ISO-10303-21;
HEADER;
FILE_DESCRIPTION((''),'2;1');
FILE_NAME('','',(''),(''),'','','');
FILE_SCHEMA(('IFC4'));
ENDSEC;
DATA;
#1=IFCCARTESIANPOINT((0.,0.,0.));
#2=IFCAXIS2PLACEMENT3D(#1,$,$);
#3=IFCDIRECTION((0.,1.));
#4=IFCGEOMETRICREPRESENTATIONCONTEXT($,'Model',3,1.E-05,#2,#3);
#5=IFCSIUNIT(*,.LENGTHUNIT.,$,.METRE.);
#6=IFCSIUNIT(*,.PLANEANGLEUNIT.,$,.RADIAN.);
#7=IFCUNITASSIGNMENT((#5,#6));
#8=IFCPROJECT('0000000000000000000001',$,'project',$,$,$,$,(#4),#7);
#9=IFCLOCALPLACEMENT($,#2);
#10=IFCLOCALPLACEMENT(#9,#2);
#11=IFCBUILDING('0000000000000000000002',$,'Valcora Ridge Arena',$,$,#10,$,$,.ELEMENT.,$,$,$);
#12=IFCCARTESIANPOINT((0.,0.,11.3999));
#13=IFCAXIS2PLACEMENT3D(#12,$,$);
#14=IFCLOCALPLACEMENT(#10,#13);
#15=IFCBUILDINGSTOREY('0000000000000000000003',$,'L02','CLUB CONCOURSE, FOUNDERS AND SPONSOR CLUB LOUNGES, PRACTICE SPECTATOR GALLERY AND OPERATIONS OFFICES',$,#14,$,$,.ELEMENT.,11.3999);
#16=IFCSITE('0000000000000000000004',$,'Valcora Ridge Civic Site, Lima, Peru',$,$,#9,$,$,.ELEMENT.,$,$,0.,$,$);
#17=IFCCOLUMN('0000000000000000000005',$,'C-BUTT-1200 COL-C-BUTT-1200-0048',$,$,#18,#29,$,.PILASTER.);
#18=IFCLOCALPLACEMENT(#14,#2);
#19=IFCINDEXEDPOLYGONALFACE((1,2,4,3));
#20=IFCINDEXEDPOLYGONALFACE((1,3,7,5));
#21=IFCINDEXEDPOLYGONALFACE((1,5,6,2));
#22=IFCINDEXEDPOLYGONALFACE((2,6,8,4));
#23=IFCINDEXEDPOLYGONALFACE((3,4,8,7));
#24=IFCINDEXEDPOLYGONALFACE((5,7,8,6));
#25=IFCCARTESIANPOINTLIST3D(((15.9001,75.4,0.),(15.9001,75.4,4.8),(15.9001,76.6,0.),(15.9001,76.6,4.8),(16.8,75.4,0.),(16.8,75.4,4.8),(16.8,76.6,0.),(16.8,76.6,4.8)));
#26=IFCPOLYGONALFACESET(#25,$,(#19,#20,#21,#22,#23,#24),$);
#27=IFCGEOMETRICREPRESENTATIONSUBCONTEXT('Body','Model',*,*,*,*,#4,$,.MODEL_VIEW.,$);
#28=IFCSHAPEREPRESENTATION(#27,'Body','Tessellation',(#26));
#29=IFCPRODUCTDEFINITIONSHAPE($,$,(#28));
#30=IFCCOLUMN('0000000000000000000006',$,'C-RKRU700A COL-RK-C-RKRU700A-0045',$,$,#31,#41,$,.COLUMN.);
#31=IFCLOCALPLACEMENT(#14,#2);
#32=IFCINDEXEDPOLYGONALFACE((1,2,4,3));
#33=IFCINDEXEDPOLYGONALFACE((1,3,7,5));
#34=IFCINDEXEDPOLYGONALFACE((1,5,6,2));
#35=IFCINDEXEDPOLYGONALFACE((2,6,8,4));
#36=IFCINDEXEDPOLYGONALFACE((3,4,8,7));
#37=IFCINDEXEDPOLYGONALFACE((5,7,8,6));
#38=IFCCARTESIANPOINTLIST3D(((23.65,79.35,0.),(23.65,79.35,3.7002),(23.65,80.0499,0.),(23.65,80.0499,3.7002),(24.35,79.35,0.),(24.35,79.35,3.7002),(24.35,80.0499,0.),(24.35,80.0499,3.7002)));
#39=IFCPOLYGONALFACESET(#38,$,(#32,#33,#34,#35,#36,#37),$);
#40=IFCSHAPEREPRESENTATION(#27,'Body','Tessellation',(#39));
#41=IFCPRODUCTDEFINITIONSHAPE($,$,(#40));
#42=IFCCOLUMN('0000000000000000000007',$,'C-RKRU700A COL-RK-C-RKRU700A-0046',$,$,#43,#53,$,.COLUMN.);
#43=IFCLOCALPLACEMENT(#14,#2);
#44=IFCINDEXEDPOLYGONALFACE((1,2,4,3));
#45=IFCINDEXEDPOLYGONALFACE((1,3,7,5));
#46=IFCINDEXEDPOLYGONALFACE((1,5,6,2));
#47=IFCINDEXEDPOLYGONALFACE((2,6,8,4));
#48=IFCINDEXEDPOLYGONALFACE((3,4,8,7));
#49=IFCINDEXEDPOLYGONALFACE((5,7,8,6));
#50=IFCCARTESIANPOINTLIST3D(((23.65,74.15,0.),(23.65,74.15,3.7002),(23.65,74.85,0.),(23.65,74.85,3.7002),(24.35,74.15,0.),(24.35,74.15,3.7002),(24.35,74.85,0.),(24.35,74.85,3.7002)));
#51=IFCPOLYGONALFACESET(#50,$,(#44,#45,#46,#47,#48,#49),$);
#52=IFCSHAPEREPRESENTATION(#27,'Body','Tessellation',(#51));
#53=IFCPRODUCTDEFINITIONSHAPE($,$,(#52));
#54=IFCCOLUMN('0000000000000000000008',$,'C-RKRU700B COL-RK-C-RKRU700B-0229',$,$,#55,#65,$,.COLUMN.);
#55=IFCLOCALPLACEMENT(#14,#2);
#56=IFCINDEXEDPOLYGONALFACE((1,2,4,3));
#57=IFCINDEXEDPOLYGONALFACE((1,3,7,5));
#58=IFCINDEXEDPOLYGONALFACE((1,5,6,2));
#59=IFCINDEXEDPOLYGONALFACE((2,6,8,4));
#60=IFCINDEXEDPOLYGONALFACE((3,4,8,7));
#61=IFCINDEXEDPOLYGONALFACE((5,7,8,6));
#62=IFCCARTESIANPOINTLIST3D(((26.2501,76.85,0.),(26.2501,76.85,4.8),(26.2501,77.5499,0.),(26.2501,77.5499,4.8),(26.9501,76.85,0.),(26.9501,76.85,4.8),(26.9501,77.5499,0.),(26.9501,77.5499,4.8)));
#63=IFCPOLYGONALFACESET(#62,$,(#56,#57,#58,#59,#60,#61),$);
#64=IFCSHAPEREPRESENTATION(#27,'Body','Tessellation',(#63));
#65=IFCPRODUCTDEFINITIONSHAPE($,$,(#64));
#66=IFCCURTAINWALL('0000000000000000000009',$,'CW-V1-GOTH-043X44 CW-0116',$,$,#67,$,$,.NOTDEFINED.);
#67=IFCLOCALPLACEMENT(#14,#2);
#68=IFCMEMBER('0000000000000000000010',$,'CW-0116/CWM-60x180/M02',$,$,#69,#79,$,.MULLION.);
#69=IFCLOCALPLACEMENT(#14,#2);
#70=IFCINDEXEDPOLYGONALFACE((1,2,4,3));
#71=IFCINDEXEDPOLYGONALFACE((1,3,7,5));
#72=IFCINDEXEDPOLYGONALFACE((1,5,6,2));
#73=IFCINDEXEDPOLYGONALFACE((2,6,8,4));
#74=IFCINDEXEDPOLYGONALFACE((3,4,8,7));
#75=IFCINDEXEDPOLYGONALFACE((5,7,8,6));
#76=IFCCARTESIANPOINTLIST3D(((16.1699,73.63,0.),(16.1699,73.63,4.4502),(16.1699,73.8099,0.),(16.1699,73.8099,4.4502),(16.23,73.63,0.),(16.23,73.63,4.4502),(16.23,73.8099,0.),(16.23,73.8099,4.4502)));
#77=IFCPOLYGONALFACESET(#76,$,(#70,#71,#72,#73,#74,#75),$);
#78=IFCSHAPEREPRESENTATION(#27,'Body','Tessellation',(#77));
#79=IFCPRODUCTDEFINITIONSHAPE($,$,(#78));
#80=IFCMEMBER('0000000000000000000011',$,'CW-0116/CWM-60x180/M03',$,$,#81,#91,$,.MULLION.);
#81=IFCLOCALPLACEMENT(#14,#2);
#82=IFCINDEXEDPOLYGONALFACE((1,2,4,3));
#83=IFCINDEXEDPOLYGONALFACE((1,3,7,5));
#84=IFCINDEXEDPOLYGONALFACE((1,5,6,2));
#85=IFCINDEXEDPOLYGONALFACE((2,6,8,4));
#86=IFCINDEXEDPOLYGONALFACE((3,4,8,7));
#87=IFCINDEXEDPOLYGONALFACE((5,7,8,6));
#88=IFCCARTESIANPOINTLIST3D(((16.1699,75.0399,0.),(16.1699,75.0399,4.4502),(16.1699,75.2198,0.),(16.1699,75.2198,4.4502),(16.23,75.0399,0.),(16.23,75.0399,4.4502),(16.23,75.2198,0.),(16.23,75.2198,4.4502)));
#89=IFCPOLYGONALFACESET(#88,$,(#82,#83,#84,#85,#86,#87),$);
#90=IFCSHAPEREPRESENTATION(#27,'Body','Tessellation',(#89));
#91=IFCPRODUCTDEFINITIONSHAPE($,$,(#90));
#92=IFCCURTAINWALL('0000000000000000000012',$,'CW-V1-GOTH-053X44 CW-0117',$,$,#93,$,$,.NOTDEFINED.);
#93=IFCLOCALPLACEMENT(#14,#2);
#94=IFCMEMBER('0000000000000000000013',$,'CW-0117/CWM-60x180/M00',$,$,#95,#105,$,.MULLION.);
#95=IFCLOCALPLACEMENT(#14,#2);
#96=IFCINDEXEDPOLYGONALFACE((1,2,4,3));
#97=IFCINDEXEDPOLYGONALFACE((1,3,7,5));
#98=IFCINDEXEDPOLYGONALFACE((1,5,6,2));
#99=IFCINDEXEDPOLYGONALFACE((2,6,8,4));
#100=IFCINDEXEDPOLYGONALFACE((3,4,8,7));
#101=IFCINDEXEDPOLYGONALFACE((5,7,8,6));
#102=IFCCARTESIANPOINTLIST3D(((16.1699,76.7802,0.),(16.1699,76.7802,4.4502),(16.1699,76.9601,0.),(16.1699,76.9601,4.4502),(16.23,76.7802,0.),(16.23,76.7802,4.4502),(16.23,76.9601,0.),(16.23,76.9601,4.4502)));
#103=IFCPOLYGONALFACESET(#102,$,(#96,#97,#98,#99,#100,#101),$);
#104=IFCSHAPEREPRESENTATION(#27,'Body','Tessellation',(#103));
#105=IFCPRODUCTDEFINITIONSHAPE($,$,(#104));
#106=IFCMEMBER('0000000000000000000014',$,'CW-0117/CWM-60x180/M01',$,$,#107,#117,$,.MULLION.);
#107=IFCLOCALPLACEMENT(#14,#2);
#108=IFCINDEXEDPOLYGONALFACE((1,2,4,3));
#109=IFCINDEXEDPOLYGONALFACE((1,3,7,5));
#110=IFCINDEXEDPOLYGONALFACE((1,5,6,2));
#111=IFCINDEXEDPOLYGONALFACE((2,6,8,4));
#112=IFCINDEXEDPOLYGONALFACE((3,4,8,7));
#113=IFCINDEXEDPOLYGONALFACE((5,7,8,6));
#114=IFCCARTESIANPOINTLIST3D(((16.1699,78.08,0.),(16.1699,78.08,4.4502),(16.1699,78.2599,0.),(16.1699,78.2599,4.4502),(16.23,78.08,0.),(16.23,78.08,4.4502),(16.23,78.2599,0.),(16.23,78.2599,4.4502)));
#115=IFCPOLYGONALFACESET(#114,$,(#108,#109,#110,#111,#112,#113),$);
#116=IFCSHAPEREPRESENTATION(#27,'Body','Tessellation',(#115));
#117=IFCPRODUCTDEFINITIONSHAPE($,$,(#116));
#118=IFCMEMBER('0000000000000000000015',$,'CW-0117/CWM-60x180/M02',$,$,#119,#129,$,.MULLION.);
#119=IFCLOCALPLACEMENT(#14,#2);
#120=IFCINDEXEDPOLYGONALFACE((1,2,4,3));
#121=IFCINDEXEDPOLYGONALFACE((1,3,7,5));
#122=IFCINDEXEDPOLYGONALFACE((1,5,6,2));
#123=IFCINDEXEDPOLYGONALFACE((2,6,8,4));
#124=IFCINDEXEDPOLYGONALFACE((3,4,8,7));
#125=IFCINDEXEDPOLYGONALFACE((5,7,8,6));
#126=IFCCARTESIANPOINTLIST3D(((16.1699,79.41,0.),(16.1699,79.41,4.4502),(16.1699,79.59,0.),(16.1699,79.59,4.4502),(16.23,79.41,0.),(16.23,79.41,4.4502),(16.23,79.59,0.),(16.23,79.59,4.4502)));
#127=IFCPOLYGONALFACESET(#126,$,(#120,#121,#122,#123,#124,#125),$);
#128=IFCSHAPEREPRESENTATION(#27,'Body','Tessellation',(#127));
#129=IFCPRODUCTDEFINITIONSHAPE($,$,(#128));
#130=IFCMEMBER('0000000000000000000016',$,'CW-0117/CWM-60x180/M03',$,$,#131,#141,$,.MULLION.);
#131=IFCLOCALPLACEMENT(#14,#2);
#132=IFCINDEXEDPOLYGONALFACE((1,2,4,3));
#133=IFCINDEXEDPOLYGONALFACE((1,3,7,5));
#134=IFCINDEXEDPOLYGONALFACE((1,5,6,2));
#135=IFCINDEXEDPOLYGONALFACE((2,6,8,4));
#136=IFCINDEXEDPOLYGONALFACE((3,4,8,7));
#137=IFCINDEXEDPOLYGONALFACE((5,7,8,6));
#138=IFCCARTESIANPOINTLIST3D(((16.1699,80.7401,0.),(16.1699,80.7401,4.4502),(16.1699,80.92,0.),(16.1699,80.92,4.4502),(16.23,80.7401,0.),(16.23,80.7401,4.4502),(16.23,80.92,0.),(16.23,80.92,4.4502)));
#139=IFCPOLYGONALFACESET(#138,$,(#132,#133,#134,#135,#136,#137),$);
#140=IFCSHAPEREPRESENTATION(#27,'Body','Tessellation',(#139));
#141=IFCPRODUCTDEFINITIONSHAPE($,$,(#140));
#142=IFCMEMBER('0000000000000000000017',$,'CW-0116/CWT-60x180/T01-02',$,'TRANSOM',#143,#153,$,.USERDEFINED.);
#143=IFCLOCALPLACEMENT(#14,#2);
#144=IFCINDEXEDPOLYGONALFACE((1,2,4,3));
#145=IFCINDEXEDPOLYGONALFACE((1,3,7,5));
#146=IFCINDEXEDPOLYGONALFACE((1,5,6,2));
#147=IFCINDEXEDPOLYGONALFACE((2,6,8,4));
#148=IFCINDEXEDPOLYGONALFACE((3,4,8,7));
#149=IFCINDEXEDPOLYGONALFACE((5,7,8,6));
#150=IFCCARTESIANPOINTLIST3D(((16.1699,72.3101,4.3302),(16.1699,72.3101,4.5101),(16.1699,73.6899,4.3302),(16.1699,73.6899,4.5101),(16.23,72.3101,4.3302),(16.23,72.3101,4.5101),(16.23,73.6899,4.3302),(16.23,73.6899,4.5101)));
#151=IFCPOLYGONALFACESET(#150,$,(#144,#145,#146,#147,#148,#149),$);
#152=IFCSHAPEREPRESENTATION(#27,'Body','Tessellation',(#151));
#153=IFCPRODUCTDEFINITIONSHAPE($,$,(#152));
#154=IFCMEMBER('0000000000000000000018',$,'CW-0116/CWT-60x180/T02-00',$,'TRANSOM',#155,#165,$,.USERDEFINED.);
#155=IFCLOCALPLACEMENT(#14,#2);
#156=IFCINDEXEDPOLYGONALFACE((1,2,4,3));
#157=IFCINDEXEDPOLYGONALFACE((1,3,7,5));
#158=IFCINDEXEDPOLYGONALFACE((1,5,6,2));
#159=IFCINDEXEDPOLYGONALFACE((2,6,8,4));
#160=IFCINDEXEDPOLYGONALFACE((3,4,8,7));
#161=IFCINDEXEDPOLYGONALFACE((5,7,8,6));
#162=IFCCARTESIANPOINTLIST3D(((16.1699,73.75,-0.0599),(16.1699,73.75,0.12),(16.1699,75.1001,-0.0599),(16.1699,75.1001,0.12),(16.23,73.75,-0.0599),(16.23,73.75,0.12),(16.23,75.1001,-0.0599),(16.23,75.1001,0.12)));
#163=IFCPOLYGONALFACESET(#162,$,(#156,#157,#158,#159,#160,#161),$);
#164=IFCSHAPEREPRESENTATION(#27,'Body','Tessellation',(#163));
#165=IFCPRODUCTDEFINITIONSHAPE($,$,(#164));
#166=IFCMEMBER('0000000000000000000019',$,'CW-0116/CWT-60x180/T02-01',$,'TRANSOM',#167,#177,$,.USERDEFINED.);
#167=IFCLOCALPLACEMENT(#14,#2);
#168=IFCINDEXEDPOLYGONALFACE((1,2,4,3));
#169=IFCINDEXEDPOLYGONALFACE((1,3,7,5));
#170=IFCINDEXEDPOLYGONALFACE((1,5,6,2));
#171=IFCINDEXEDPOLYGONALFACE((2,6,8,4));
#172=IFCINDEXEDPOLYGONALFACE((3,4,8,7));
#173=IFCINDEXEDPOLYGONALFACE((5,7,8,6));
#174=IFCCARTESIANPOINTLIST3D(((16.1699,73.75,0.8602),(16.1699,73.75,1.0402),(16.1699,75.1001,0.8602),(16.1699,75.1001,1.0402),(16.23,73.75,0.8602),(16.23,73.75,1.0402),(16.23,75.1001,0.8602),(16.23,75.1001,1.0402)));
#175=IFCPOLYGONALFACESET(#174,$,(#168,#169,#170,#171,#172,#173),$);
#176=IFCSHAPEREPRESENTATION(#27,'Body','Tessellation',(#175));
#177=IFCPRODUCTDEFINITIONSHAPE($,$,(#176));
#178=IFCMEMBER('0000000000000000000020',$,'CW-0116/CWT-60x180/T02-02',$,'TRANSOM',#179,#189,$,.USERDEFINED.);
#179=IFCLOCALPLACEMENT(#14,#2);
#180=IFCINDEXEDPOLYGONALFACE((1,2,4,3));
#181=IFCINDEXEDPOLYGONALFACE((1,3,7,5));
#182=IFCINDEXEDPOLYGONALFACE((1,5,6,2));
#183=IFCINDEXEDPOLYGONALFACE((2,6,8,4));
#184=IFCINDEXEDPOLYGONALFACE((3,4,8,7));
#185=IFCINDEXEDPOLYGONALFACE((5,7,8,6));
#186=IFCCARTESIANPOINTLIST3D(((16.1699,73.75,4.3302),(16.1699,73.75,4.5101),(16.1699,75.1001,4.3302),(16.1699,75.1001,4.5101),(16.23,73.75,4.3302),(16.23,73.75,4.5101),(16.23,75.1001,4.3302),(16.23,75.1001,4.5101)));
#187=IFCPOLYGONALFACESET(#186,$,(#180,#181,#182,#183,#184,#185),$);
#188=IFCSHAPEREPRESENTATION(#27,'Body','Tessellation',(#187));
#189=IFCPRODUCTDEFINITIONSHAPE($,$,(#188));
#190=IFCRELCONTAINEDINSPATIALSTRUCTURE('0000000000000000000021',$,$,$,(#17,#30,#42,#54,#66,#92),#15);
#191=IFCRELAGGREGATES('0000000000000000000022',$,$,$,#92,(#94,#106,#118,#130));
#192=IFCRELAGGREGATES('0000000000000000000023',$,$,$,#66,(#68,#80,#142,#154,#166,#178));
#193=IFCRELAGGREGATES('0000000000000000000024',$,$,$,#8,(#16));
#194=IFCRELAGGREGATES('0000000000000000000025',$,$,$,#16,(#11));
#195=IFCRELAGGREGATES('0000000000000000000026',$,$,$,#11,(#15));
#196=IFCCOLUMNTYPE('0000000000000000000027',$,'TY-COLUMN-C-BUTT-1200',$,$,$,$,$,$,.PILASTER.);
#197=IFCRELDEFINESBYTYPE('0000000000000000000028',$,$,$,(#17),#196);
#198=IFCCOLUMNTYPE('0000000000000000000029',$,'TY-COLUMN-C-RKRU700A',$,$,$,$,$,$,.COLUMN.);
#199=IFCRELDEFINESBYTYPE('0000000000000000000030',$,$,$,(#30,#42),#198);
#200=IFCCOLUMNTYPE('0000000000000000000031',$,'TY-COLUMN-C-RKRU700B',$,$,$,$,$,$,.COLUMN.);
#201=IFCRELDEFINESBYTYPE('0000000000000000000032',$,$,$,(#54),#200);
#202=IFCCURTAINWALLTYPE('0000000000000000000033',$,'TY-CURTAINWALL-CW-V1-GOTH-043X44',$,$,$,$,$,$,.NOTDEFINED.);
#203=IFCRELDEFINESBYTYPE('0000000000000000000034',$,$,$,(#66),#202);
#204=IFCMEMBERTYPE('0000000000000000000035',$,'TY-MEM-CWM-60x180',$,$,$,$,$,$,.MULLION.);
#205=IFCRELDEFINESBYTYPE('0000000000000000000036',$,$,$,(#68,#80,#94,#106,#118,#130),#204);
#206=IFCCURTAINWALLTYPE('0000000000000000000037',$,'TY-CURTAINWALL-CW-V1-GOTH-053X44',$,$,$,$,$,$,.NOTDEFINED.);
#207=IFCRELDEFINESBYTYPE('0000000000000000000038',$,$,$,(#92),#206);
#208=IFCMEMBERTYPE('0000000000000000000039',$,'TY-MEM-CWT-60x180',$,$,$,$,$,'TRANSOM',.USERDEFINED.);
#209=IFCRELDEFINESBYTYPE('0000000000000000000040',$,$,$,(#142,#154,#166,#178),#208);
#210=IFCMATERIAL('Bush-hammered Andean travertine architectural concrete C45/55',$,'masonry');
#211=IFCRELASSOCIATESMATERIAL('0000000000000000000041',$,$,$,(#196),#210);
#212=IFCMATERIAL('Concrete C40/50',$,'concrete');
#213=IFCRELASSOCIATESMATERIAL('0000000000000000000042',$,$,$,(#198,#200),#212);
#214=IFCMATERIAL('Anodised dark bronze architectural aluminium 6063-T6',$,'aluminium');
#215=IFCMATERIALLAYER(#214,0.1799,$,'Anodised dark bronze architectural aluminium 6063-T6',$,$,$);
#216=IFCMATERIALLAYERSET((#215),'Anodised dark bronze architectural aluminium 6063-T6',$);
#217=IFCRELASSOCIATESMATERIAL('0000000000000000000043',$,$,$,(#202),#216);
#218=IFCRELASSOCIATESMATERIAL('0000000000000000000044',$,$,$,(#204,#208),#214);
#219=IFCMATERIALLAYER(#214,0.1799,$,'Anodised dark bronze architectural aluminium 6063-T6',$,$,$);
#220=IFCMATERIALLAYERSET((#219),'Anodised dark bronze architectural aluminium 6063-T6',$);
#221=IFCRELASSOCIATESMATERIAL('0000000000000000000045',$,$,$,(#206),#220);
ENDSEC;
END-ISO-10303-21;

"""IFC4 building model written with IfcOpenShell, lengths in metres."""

from ifc_helpers import new_model, si_unit, direction, frame, origin, origin_2d, place, context, subcontext, project, spatial, rectangle, extrude, material, layer, layer_set, material_profile, profile_set, type_object, element, aggregate, save


model = new_model("IFC4")

# Units and contexts
model_context = context("Model", 3, precision=1e-05, world=origin(), true_north=direction((0.0, 1.0)))
body_context = subcontext(model_context, "Body", "Model", "MODEL_VIEW")
ifc_project = project(units=[si_unit("LENGTHUNIT", "METRE"), si_unit("PLANEANGLEUNIT", "RADIAN")], contexts=[model_context])

# Site, building, storey
site_placement = place(None, origin())
site = spatial("IfcSite", under=ifc_project, at=site_placement, Name="Valcora Ridge Civic Site, Lima, Peru", CompositionType="ELEMENT", RefElevation=0.0)
building_placement = place(site_placement, origin())
building = spatial("IfcBuilding", under=site, at=building_placement, Name="Valcora Ridge Arena", CompositionType="ELEMENT")
storey_placement = place(building_placement, frame((0.0, 0.0, 11.3999)))
storey = spatial("IfcBuildingStorey", under=building, at=storey_placement, Name="L02", Description="CLUB CONCOURSE, FOUNDERS AND SPONSOR CLUB LOUNGES, PRACTICE SPECTATOR GALLERY AND OPERATIONS OFFICES", CompositionType="ELEMENT", Elevation=11.3999)

# Columns
ifc_material_1 = material(Name="Bush-hammered Andean travertine architectural concrete C45/55", Category="masonry")
ifc_material_profile_1 = material_profile(ifc_material_1, rectangle(XDim=0.8999, YDim=1.2, at=origin_2d()), Name="RC 900x1200")
ifc_profile_set_1 = profile_set([ifc_material_profile_1], Name="Bush-hammered Andean travertine architectural concrete C45/55")
column_type_1 = type_object("IfcColumnType", Name="TY-COLUMN-C-BUTT-1200", PredefinedType="PILASTER", material=ifc_profile_set_1)
column_1_placement = place(storey_placement, frame((16.3501, 76.0, 0.0), z_axis=(0.0, 0.0, 1.0), x_axis=(1.0, 0.0, 0.0)))
element("IfcColumn", 1, at=column_1_placement, inside=storey, type_object=column_type_1, Name="C-BUTT-1200 COL-C-BUTT-1200-0048", PredefinedType="PILASTER", context=body_context, shape_type="SweptSolid", body=[
    extrude(rectangle(XDim=0.8999, YDim=1.2, at=origin_2d()), origin(), (0.0, 0.0, 1.0), 4.8),
])
ifc_material_2 = material(Name="Concrete C40/50", Category="concrete")
ifc_material_profile_2 = material_profile(ifc_material_2, rectangle(XDim=0.7, YDim=0.7, at=origin_2d()), Name="RC 700x700")
ifc_profile_set_2 = profile_set([ifc_material_profile_2], Name="Concrete C40/50")
column_type_2 = type_object("IfcColumnType", Name="TY-COLUMN-C-RKRU700A", PredefinedType="COLUMN", material=ifc_profile_set_2)
for number, where, z_axis, x_axis, name in (
    (2, (24.0, 79.7, 0.0), (0.0, 0.0, 1.0), (1.0, 0.0, 0.0), "C-RKRU700A COL-RK-C-RKRU700A-0045"),
    (3, (24.0, 74.5, 0.0), (0.0, 0.0, 1.0), (1.0, 0.0, 0.0), "C-RKRU700A COL-RK-C-RKRU700A-0046"),
):
    element("IfcColumn", number, at=place(storey_placement, frame(where, z_axis=z_axis, x_axis=x_axis)), inside=storey, type_object=column_type_2, Name=name, PredefinedType="COLUMN", context=body_context, shape_type="SweptSolid", body=[
        extrude(rectangle(XDim=0.7, YDim=0.7, at=origin_2d()), origin(), (0.0, 0.0, 1.0), 3.7002),
    ])
ifc_material_profile_3 = material_profile(ifc_material_2, rectangle(XDim=0.7, YDim=0.7, at=origin_2d()), Name="RC 700x700")
ifc_profile_set_3 = profile_set([ifc_material_profile_3], Name="Concrete C40/50")
column_type_3 = type_object("IfcColumnType", Name="TY-COLUMN-C-RKRU700B", PredefinedType="COLUMN", material=ifc_profile_set_3)
column_2_placement = place(storey_placement, frame((26.6001, 77.2, 0.0), z_axis=(0.0, 0.0, 1.0), x_axis=(1.0, 0.0, 0.0)))
element("IfcColumn", 4, at=column_2_placement, inside=storey, type_object=column_type_3, Name="C-RKRU700B COL-RK-C-RKRU700B-0229", PredefinedType="COLUMN", context=body_context, shape_type="SweptSolid", body=[
    extrude(rectangle(XDim=0.7, YDim=0.7, at=origin_2d()), origin(), (0.0, 0.0, 1.0), 4.8),
])

# Curtain walls, members
ifc_material_3 = material(Name="Anodised dark bronze architectural aluminium 6063-T6", Category="aluminium")
ifc_layer_1 = layer(ifc_material_3, 0.1799, Name="Anodised dark bronze architectural aluminium 6063-T6")
ifc_layer_set_1 = layer_set([ifc_layer_1], Name="Anodised dark bronze architectural aluminium 6063-T6")
curtain_wall_type_1 = type_object("IfcCurtainWallType", Name="TY-CURTAINWALL-CW-V1-GOTH-043X44", PredefinedType="NOTDEFINED", material=ifc_layer_set_1)
curtain_wall_1_placement = place(storey_placement, origin())
curtain_wall_1 = element("IfcCurtainWall", 5, at=curtain_wall_1_placement, inside=storey, type_object=curtain_wall_type_1, Name="CW-V1-GOTH-043X44 CW-0116", PredefinedType="NOTDEFINED")
ifc_material_profile_4 = material_profile(ifc_material_3, rectangle(XDim=0.0601, YDim=0.1799, at=origin_2d()), Name="ALU MULLION 60x180")
ifc_profile_set_4 = profile_set([ifc_material_profile_4], Name="Anodised dark bronze architectural aluminium 6063-T6")
member_type_1 = type_object("IfcMemberType", Name="TY-MEM-CWM-60x180", PredefinedType="MULLION", material=ifc_profile_set_4)
member_1_placement = place(storey_placement, frame((16.2, 73.72, 0.0), z_axis=(0.0, 0.0, 1.0), x_axis=(-1.0, 0.0, 0.0)))
member_1 = element("IfcMember", 6, at=member_1_placement, type_object=member_type_1, Name="CW-0116/CWM-60x180/M02", PredefinedType="MULLION", context=body_context, shape_type="SweptSolid", body=[
    extrude(rectangle(XDim=0.0601, YDim=0.1799, at=origin_2d()), origin(), (0.0, 0.0, 1.0), 4.4502),
])
member_2_placement = place(storey_placement, frame((16.2, 75.1299, 0.0), z_axis=(0.0, 0.0, 1.0), x_axis=(-1.0, 0.0, 0.0)))
member_2 = element("IfcMember", 7, at=member_2_placement, type_object=member_type_1, Name="CW-0116/CWM-60x180/M03", PredefinedType="MULLION", context=body_context, shape_type="SweptSolid", body=[
    extrude(rectangle(XDim=0.0601, YDim=0.1799, at=origin_2d()), origin(), (0.0, 0.0, 1.0), 4.4502),
])
ifc_layer_2 = layer(ifc_material_3, 0.1799, Name="Anodised dark bronze architectural aluminium 6063-T6")
ifc_layer_set_2 = layer_set([ifc_layer_2], Name="Anodised dark bronze architectural aluminium 6063-T6")
curtain_wall_type_2 = type_object("IfcCurtainWallType", Name="TY-CURTAINWALL-CW-V1-GOTH-053X44", PredefinedType="NOTDEFINED", material=ifc_layer_set_2)
curtain_wall_2_placement = place(storey_placement, origin())
curtain_wall_2 = element("IfcCurtainWall", 8, at=curtain_wall_2_placement, inside=storey, type_object=curtain_wall_type_2, Name="CW-V1-GOTH-053X44 CW-0117", PredefinedType="NOTDEFINED")
member_3_placement = place(storey_placement, frame((16.2, 76.8701, 0.0), z_axis=(0.0, 0.0, 1.0), x_axis=(-1.0, 0.0, 0.0)))
member_3 = element("IfcMember", 9, at=member_3_placement, type_object=member_type_1, Name="CW-0117/CWM-60x180/M00", PredefinedType="MULLION", context=body_context, shape_type="SweptSolid", body=[
    extrude(rectangle(XDim=0.0601, YDim=0.1799, at=origin_2d()), origin(), (0.0, 0.0, 1.0), 4.4502),
])
member_4_placement = place(storey_placement, frame((16.2, 78.1699, 0.0), z_axis=(0.0, 0.0, 1.0), x_axis=(-1.0, 0.0, 0.0)))
member_4 = element("IfcMember", 10, at=member_4_placement, type_object=member_type_1, Name="CW-0117/CWM-60x180/M01", PredefinedType="MULLION", context=body_context, shape_type="SweptSolid", body=[
    extrude(rectangle(XDim=0.0601, YDim=0.1799, at=origin_2d()), origin(), (0.0, 0.0, 1.0), 4.4502),
])
member_5_placement = place(storey_placement, frame((16.2, 79.5, 0.0), z_axis=(0.0, 0.0, 1.0), x_axis=(-1.0, 0.0, 0.0)))
member_5 = element("IfcMember", 11, at=member_5_placement, type_object=member_type_1, Name="CW-0117/CWM-60x180/M02", PredefinedType="MULLION", context=body_context, shape_type="SweptSolid", body=[
    extrude(rectangle(XDim=0.0601, YDim=0.1799, at=origin_2d()), origin(), (0.0, 0.0, 1.0), 4.4502),
])
member_6_placement = place(storey_placement, frame((16.2, 80.8301, 0.0), z_axis=(0.0, 0.0, 1.0), x_axis=(-1.0, 0.0, 0.0)))
member_6 = element("IfcMember", 12, at=member_6_placement, type_object=member_type_1, Name="CW-0117/CWM-60x180/M03", PredefinedType="MULLION", context=body_context, shape_type="SweptSolid", body=[
    extrude(rectangle(XDim=0.0601, YDim=0.1799, at=origin_2d()), origin(), (0.0, 0.0, 1.0), 4.4502),
])

# Members
ifc_material_profile_5 = material_profile(ifc_material_3, rectangle(XDim=0.0601, YDim=0.1799, at=origin_2d()), Name="ALU TRANSOM 60x180")
ifc_profile_set_5 = profile_set([ifc_material_profile_5], Name="Anodised dark bronze architectural aluminium 6063-T6")
member_type_2 = type_object("IfcMemberType", Name="TY-MEM-CWT-60x180", ElementType="TRANSOM", PredefinedType="USERDEFINED", material=ifc_profile_set_5)
member_7_placement = place(storey_placement, frame((16.2, 72.3101, 4.4202), z_axis=(0.0, 1.0, 0.0), x_axis=(-1.0, 0.0, 0.0)))
member_7 = element("IfcMember", 13, at=member_7_placement, type_object=member_type_2, Name="CW-0116/CWT-60x180/T01-02", ObjectType="TRANSOM", PredefinedType="USERDEFINED", context=body_context, shape_type="SweptSolid", body=[
    extrude(rectangle(XDim=0.0601, YDim=0.1799, at=origin_2d()), origin(), (0.0, 0.0, 1.0), 1.3799),
])
member_8_placement = place(storey_placement, frame((16.2, 73.75, 0.03), z_axis=(0.0, 1.0, 0.0), x_axis=(-1.0, 0.0, 0.0)))
member_8 = element("IfcMember", 14, at=member_8_placement, type_object=member_type_2, Name="CW-0116/CWT-60x180/T02-00", ObjectType="TRANSOM", PredefinedType="USERDEFINED", context=body_context, shape_type="SweptSolid", body=[
    extrude(rectangle(XDim=0.0601, YDim=0.1799, at=origin_2d()), origin(), (0.0, 0.0, 1.0), 1.3501),
])
member_9_placement = place(storey_placement, frame((16.2, 73.75, 0.9502), z_axis=(0.0, 1.0, 0.0), x_axis=(-1.0, 0.0, 0.0)))
member_9 = element("IfcMember", 15, at=member_9_placement, type_object=member_type_2, Name="CW-0116/CWT-60x180/T02-01", ObjectType="TRANSOM", PredefinedType="USERDEFINED", context=body_context, shape_type="SweptSolid", body=[
    extrude(rectangle(XDim=0.0601, YDim=0.1799, at=origin_2d()), origin(), (0.0, 0.0, 1.0), 1.3501),
])
member_10_placement = place(storey_placement, frame((16.2, 73.75, 4.4202), z_axis=(0.0, 1.0, 0.0), x_axis=(-1.0, 0.0, 0.0)))
member_10 = element("IfcMember", 16, at=member_10_placement, type_object=member_type_2, Name="CW-0116/CWT-60x180/T02-02", ObjectType="TRANSOM", PredefinedType="USERDEFINED", context=body_context, shape_type="SweptSolid", body=[
    extrude(rectangle(XDim=0.0601, YDim=0.1799, at=origin_2d()), origin(), (0.0, 0.0, 1.0), 1.3501),
])

aggregate(curtain_wall_2, [member_3, member_4, member_5, member_6])
aggregate(curtain_wall_1, [member_1, member_2, member_7, member_8, member_9, member_10])

save(model, "model.ifc")
